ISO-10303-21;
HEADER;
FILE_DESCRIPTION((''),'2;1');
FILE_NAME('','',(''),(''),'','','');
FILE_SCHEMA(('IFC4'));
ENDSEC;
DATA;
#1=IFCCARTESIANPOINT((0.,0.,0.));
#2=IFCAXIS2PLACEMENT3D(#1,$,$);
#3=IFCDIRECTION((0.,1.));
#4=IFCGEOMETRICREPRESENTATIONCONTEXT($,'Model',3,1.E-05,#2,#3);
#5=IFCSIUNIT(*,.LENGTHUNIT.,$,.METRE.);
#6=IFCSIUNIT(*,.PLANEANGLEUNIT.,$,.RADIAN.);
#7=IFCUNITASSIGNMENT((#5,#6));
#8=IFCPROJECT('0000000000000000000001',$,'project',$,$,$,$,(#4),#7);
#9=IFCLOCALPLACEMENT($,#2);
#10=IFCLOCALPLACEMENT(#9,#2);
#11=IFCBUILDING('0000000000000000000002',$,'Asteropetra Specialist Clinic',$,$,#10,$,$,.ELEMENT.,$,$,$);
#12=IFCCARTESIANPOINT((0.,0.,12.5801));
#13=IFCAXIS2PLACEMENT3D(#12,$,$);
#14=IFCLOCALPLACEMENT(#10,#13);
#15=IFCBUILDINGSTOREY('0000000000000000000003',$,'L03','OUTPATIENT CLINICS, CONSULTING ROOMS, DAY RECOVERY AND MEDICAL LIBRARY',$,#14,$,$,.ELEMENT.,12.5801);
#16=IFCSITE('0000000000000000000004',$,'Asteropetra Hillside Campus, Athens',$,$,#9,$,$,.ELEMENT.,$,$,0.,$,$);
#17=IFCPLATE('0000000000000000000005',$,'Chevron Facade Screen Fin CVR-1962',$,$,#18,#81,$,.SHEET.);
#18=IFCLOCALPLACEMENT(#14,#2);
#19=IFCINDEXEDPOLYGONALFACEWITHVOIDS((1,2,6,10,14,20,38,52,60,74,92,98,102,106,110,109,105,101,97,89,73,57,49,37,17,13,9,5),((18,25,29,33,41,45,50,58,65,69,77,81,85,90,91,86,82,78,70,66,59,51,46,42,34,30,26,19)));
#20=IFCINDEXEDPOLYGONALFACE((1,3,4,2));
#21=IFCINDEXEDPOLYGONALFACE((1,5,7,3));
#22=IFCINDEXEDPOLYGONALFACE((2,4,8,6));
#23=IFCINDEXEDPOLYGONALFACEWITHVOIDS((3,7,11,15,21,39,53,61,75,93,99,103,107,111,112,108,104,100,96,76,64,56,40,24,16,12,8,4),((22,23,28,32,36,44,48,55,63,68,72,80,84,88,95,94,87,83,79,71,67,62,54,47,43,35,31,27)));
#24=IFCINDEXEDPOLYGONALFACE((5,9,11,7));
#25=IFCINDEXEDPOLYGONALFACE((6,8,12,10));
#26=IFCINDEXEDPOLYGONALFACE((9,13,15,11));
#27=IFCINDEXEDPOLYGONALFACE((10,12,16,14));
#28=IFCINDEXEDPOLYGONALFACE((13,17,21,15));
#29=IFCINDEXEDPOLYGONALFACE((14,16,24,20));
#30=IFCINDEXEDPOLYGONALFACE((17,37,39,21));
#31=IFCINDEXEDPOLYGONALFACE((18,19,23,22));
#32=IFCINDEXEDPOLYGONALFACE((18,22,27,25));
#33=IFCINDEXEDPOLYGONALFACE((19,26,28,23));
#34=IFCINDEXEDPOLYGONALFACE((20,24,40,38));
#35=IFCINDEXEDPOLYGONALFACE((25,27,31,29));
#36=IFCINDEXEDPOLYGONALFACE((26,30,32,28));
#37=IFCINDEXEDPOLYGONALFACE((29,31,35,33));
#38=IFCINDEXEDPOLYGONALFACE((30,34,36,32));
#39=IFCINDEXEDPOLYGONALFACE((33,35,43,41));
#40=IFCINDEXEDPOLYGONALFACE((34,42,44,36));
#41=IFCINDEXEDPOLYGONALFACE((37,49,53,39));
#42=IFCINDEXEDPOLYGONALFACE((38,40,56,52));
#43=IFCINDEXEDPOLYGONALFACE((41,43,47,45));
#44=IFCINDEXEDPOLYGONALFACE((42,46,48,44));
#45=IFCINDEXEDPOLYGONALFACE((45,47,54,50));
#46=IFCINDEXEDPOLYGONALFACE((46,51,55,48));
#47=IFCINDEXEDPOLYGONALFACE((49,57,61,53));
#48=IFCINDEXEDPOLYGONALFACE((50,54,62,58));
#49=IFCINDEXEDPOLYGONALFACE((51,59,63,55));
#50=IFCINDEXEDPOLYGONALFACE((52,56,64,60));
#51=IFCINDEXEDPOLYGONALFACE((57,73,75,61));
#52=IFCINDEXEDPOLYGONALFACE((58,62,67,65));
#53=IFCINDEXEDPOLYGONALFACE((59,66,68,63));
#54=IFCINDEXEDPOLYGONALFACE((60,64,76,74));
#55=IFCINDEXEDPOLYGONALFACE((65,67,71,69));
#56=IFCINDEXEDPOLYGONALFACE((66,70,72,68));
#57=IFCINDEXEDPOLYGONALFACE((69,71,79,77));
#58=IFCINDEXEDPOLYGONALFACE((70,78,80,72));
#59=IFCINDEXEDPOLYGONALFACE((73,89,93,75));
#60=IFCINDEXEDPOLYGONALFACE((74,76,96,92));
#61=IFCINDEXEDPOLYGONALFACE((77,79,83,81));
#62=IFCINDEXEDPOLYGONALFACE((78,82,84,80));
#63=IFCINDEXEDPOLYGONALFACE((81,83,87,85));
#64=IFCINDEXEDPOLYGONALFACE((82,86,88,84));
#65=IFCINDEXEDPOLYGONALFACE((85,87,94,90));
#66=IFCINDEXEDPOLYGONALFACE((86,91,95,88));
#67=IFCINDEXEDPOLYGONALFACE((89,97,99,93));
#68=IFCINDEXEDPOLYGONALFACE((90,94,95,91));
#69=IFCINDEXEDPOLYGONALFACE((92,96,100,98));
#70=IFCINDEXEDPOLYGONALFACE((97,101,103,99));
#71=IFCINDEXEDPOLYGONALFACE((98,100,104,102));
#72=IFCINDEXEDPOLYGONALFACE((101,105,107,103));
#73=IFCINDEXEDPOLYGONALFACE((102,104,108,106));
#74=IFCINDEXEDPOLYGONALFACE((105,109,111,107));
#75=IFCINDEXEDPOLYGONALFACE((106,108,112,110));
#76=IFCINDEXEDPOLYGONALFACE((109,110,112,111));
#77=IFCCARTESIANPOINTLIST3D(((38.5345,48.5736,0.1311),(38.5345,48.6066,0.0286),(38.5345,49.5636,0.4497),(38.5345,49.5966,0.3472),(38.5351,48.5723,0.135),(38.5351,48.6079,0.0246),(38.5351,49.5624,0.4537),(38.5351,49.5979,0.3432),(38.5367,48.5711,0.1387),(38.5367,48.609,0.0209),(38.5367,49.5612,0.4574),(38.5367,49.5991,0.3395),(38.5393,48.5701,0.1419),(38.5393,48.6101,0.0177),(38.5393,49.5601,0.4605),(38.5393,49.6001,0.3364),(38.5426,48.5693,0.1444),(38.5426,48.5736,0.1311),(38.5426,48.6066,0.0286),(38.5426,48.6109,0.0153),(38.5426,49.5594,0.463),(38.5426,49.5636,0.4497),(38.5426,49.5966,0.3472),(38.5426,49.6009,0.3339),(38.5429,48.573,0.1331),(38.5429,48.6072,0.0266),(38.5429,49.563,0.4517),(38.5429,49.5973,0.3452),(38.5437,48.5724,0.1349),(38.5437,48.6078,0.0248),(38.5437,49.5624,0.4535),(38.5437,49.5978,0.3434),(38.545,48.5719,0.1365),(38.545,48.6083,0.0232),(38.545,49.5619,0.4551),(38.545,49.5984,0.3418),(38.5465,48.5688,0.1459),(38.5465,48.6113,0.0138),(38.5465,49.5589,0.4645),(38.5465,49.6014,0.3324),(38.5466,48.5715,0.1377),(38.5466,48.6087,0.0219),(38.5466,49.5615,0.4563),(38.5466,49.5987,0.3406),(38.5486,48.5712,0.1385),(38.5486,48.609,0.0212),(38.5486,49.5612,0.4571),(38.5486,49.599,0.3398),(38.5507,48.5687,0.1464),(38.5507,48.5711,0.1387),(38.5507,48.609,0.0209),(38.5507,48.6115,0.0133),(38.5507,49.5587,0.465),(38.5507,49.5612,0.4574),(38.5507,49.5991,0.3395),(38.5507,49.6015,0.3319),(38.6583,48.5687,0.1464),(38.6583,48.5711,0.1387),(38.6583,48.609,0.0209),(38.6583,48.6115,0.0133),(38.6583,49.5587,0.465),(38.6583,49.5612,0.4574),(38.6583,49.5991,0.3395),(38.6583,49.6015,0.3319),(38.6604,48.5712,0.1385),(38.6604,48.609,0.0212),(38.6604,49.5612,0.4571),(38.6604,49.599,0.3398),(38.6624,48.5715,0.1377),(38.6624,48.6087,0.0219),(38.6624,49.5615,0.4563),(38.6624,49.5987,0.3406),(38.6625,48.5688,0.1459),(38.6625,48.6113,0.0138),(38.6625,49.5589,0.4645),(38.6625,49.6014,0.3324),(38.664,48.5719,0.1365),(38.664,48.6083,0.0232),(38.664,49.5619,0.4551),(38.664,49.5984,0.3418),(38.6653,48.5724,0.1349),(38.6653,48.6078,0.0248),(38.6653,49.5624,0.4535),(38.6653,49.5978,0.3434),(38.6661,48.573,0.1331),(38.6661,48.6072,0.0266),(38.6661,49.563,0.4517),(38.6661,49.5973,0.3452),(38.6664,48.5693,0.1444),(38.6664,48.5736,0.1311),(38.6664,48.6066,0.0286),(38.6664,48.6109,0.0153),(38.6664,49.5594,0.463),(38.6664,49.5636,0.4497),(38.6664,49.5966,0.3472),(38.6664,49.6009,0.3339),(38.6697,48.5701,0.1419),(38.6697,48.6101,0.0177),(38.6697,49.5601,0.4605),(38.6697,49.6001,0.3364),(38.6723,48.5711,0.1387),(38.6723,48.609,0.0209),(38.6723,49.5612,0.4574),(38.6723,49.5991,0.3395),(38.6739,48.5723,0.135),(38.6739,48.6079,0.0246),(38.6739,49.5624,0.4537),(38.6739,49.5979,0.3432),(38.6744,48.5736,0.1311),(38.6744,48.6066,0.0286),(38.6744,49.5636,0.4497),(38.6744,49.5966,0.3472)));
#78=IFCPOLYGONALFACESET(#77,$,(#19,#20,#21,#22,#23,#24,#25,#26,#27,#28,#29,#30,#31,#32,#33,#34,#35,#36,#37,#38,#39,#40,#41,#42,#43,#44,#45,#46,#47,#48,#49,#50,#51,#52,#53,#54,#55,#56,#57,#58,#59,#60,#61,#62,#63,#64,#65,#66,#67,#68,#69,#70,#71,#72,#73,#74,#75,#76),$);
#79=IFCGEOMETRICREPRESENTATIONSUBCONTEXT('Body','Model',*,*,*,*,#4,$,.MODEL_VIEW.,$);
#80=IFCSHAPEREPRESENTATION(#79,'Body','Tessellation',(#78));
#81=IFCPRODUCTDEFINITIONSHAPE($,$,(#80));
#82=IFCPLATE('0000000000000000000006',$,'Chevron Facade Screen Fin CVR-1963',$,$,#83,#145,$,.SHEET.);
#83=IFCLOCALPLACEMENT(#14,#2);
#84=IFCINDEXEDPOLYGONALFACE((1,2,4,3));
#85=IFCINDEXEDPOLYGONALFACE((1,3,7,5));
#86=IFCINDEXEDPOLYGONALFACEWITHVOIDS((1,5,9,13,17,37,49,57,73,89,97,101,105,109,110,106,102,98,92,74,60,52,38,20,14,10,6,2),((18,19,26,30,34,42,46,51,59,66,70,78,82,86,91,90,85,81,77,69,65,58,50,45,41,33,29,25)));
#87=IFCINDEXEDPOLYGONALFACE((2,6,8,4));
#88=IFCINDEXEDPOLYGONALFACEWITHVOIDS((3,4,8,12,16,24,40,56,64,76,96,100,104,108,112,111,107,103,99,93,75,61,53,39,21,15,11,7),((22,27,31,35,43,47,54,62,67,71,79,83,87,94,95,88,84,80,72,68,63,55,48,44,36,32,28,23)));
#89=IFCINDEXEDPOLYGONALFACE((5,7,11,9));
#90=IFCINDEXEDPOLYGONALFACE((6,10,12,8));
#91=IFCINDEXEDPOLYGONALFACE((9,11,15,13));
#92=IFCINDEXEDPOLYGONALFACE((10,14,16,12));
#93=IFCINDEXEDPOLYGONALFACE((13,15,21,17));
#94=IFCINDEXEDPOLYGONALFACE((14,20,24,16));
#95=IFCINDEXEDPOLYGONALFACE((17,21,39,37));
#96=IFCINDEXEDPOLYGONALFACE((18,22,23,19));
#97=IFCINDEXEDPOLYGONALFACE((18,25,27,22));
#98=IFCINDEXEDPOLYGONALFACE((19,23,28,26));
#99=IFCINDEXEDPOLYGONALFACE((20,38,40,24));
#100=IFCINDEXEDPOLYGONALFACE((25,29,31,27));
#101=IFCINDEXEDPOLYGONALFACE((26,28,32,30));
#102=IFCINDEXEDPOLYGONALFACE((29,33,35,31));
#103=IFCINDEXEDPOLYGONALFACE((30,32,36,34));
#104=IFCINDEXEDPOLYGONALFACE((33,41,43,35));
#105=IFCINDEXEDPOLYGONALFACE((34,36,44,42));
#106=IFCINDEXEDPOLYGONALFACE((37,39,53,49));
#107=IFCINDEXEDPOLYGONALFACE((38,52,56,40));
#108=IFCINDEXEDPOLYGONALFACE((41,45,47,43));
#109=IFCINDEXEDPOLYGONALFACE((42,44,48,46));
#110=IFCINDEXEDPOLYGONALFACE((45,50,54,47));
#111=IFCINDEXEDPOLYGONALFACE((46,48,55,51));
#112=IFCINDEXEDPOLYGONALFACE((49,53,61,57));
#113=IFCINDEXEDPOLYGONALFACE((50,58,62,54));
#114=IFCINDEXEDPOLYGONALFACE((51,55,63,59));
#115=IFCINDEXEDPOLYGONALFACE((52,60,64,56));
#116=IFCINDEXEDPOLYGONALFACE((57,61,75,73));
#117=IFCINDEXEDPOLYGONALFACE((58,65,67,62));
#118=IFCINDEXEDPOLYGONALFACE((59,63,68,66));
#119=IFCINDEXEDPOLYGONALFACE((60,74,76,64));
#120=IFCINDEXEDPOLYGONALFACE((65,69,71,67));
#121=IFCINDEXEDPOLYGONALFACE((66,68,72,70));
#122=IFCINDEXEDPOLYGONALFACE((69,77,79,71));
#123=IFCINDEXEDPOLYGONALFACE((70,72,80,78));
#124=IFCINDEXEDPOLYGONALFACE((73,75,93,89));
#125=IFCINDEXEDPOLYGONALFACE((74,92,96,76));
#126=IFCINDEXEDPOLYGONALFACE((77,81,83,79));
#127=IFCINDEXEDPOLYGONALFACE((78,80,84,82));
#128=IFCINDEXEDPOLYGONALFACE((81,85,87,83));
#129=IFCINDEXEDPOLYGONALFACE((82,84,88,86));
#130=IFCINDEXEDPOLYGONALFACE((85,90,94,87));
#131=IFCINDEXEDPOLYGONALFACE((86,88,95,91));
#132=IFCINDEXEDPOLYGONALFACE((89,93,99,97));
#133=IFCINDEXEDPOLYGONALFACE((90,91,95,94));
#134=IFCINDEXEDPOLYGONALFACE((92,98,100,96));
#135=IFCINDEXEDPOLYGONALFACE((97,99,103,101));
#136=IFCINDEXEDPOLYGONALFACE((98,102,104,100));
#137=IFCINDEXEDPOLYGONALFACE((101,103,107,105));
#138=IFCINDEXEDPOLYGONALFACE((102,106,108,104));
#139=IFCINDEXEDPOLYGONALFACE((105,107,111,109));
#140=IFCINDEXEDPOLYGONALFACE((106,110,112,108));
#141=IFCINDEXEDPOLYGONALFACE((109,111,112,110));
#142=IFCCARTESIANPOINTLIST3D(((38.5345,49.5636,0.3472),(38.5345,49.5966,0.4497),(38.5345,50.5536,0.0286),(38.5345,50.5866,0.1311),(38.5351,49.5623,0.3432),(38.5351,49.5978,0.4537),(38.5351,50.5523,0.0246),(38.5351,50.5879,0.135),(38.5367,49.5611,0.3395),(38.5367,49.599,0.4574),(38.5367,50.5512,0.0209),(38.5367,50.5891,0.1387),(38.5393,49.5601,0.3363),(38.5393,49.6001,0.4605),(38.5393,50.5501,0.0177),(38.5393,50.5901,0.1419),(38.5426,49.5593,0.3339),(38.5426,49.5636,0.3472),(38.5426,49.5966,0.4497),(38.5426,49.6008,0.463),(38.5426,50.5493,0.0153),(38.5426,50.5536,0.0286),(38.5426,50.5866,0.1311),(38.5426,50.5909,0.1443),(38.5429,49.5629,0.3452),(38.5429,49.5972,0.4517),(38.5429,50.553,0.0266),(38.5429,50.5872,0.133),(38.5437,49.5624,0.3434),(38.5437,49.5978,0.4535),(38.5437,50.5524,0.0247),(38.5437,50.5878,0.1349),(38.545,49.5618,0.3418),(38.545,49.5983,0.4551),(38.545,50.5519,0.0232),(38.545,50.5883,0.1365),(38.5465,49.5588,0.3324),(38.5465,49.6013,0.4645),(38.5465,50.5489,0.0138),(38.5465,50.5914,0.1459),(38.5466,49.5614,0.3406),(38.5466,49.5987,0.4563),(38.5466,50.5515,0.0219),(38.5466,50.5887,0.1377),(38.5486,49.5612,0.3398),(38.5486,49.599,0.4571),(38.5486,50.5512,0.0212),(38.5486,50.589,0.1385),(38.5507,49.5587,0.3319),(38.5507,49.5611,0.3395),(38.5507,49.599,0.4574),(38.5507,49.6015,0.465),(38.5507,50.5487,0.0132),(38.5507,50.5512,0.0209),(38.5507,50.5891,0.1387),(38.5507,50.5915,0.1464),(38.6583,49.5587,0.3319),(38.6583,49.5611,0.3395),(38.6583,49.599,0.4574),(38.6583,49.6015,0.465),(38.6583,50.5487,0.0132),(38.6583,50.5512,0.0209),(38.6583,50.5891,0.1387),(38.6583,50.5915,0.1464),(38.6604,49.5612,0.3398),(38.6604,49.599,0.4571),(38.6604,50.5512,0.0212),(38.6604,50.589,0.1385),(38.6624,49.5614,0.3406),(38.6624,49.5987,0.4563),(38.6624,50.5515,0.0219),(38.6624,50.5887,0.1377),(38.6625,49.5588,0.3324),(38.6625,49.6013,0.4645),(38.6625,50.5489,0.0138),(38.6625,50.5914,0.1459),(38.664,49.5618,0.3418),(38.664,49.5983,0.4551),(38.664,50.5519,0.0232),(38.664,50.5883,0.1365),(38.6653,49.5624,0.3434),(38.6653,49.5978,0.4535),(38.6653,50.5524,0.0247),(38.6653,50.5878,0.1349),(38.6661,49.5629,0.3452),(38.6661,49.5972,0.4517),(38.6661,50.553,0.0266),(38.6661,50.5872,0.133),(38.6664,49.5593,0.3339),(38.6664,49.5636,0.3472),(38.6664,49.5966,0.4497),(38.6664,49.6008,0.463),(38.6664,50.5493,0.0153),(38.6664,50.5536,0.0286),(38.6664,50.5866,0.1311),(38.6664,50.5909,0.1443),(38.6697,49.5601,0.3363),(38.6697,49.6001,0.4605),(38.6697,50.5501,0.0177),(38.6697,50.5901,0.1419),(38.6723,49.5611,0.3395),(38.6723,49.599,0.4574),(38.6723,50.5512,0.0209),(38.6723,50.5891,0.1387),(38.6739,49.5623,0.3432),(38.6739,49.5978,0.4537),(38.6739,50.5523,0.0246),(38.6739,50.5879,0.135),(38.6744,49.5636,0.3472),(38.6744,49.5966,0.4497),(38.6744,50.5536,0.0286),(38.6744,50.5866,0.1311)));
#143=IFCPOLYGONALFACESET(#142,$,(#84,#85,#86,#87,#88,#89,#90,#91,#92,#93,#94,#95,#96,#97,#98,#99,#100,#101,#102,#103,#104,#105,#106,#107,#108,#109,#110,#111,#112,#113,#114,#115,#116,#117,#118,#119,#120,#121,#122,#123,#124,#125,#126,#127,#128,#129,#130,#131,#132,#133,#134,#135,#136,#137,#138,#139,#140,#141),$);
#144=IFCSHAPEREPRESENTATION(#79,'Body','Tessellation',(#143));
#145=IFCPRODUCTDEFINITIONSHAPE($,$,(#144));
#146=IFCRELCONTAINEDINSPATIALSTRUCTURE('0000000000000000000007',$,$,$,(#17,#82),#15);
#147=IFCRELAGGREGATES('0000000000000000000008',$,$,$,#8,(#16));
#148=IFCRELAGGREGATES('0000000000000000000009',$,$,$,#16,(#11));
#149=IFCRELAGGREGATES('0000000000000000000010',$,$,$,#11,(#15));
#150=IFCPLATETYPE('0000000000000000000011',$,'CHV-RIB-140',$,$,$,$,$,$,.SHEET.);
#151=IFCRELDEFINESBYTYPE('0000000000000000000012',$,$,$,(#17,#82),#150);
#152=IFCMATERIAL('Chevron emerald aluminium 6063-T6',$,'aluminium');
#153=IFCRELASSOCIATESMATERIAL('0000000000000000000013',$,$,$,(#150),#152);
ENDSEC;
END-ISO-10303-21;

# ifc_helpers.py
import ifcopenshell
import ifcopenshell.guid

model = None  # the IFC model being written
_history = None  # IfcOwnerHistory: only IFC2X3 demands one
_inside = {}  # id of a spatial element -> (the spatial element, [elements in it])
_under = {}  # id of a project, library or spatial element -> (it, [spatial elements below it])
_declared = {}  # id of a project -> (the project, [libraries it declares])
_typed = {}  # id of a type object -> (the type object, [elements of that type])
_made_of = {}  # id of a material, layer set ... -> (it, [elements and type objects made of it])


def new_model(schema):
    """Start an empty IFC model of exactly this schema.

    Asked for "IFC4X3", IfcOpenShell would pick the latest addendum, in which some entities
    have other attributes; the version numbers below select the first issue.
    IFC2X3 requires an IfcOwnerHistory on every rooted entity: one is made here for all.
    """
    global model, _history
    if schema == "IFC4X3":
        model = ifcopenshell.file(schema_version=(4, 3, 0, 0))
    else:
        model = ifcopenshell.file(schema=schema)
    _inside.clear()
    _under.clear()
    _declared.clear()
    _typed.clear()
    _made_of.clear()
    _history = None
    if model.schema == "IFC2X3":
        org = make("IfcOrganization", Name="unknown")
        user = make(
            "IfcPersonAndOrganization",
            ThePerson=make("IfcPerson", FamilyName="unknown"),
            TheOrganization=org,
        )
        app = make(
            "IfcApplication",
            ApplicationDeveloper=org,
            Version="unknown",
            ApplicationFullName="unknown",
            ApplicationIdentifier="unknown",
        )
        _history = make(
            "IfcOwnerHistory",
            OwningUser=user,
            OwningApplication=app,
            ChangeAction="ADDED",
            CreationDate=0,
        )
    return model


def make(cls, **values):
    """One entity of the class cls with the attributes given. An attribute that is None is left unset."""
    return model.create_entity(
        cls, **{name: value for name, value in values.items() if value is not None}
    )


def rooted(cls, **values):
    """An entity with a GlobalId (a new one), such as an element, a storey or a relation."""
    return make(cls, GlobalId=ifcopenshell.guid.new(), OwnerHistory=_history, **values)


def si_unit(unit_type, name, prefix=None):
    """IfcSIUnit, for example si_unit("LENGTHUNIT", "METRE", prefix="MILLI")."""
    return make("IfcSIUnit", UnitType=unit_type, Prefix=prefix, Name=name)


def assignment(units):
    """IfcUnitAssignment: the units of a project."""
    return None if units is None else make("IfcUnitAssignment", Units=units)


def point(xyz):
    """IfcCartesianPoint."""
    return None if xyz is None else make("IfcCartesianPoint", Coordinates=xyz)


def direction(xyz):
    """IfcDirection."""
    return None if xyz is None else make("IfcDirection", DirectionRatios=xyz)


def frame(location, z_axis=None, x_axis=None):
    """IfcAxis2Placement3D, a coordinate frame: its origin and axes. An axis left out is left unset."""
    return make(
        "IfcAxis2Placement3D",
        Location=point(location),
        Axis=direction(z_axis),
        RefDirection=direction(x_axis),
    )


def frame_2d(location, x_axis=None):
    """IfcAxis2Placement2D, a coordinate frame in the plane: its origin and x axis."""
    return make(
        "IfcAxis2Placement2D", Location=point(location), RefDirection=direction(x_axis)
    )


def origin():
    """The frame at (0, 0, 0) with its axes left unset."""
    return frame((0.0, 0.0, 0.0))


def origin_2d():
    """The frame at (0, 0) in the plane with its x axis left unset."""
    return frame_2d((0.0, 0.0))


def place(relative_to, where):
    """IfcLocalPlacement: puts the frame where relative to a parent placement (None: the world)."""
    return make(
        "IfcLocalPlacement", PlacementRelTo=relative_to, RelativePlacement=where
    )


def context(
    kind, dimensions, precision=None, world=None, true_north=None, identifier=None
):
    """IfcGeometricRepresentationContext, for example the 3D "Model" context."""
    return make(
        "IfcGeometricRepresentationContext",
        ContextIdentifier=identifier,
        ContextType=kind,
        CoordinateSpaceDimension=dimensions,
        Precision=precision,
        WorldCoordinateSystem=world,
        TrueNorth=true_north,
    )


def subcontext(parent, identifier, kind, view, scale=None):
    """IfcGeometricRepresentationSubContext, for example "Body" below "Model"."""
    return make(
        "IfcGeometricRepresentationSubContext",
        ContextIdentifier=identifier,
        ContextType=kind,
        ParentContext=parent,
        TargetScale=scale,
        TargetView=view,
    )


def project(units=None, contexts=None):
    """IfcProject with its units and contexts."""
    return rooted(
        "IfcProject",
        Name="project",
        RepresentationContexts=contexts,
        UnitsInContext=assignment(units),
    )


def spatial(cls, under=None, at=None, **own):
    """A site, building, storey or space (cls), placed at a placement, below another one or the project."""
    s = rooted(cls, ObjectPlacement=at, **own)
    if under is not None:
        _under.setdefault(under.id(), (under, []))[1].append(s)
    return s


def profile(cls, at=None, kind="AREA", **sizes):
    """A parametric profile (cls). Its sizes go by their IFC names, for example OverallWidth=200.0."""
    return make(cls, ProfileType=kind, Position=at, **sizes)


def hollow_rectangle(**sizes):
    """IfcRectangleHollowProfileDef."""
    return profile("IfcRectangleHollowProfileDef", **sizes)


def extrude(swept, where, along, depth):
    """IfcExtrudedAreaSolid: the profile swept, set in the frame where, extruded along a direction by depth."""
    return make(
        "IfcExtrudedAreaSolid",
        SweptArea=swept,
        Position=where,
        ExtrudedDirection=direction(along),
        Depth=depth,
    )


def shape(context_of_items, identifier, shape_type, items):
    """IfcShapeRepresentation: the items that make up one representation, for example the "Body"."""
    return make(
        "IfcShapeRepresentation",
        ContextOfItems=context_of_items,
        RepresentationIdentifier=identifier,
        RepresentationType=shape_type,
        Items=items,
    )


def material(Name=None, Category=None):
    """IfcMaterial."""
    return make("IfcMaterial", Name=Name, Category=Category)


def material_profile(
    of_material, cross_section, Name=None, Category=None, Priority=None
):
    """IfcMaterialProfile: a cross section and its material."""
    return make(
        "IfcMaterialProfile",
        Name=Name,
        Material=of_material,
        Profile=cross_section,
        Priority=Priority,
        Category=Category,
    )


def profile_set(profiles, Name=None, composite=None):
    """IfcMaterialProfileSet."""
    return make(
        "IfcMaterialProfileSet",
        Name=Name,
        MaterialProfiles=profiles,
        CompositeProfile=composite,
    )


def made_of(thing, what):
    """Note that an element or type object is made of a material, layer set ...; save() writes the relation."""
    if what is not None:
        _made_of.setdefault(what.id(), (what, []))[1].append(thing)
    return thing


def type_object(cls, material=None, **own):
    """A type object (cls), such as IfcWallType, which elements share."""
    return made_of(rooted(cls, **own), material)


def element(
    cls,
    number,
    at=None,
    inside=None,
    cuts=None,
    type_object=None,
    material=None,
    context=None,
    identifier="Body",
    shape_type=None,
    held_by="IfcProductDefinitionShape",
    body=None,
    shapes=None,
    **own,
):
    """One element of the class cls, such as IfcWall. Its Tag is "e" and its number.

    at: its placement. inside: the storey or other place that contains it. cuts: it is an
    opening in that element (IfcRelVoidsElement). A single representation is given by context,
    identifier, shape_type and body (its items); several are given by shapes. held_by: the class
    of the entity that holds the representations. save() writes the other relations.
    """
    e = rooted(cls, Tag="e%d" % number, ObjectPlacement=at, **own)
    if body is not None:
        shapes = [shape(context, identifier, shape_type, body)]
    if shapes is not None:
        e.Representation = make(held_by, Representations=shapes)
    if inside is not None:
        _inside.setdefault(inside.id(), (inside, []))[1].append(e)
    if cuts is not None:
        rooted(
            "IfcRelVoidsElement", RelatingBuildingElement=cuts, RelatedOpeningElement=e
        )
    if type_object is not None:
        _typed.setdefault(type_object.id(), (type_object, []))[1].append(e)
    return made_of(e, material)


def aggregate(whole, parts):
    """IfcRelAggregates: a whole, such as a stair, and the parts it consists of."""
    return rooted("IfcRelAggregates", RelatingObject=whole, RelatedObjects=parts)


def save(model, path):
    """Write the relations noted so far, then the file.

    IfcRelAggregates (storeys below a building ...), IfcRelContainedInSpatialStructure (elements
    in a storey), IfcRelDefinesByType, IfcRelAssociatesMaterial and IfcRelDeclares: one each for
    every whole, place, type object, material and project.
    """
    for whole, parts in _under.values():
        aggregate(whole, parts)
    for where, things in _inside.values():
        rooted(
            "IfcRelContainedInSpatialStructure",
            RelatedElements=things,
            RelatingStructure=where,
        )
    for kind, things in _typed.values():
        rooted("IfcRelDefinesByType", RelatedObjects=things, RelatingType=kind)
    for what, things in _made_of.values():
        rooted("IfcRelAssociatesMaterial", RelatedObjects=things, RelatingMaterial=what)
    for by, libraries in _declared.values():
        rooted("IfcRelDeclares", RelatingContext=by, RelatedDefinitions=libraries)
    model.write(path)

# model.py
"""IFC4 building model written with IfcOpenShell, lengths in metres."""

from ifc_helpers import new_model, si_unit, direction, frame, origin, origin_2d, place, context, subcontext, project, spatial, hollow_rectangle, extrude, material, material_profile, profile_set, type_object, element, save


model = new_model("IFC4")

# Units and contexts
model_context = context("Model", 3, precision=1e-05, world=origin(), true_north=direction((0.0, 1.0)))
body_context = subcontext(model_context, "Body", "Model", "MODEL_VIEW")
ifc_project = project(units=[si_unit("LENGTHUNIT", "METRE"), si_unit("PLANEANGLEUNIT", "RADIAN")], contexts=[model_context])

# Site, building, storey
site_placement = place(None, origin())
site = spatial("IfcSite", under=ifc_project, at=site_placement, Name="Asteropetra Hillside Campus, Athens", CompositionType="ELEMENT", RefElevation=0.0)
building_placement = place(site_placement, origin())
building = spatial("IfcBuilding", under=site, at=building_placement, Name="Asteropetra Specialist Clinic", CompositionType="ELEMENT")
storey_placement = place(building_placement, frame((0.0, 0.0, 12.5801)))
storey = spatial("IfcBuildingStorey", under=building, at=storey_placement, Name="L03", Description="OUTPATIENT CLINICS, CONSULTING ROOMS, DAY RECOVERY AND MEDICAL LIBRARY", CompositionType="ELEMENT", Elevation=12.5801)

# Plates
ifc_material_1 = material(Name="Chevron emerald aluminium 6063-T6", Category="aluminium")
ifc_material_profile_1 = material_profile(ifc_material_1, hollow_rectangle(XDim=0.1399, YDim=0.1399, WallThickness=0.0081, InnerFilletRadius=0.0081, OuterFilletRadius=0.0161, at=origin_2d()), Name="SHS 140x140x8.0")
ifc_profile_set_1 = profile_set([ifc_material_profile_1], Name="Chevron emerald aluminium 6063-T6")
plate_type = type_object("IfcPlateType", Name="CHV-RIB-140", PredefinedType="SHEET", material=ifc_profile_set_1)
for number, where, z_axis, x_axis, name in (
    (1, (38.6045, 48.5901, 0.0798), (0.0, 0.951919, 0.306351), (-1.0, 0.0, 0.0), "Chevron Facade Screen Fin CVR-1962"),
    (2, (38.6045, 49.5801, 0.3984), (0.0, 0.951919, -0.306351), (-1.0, 0.0, 0.0), "Chevron Facade Screen Fin CVR-1963"),
):
    element("IfcPlate", number, at=place(storey_placement, frame(where, z_axis=z_axis, x_axis=x_axis)), inside=storey, type_object=plate_type, Name=name, PredefinedType="SHEET", context=body_context, shape_type="SweptSolid", body=[
        extrude(hollow_rectangle(XDim=0.1399, YDim=0.1399, WallThickness=0.0081, InnerFilletRadius=0.0081, OuterFilletRadius=0.0161, at=origin_2d()), origin(), (0.0, 0.0, 1.0), 1.04),
    ])

save(model, "model.ifc")
